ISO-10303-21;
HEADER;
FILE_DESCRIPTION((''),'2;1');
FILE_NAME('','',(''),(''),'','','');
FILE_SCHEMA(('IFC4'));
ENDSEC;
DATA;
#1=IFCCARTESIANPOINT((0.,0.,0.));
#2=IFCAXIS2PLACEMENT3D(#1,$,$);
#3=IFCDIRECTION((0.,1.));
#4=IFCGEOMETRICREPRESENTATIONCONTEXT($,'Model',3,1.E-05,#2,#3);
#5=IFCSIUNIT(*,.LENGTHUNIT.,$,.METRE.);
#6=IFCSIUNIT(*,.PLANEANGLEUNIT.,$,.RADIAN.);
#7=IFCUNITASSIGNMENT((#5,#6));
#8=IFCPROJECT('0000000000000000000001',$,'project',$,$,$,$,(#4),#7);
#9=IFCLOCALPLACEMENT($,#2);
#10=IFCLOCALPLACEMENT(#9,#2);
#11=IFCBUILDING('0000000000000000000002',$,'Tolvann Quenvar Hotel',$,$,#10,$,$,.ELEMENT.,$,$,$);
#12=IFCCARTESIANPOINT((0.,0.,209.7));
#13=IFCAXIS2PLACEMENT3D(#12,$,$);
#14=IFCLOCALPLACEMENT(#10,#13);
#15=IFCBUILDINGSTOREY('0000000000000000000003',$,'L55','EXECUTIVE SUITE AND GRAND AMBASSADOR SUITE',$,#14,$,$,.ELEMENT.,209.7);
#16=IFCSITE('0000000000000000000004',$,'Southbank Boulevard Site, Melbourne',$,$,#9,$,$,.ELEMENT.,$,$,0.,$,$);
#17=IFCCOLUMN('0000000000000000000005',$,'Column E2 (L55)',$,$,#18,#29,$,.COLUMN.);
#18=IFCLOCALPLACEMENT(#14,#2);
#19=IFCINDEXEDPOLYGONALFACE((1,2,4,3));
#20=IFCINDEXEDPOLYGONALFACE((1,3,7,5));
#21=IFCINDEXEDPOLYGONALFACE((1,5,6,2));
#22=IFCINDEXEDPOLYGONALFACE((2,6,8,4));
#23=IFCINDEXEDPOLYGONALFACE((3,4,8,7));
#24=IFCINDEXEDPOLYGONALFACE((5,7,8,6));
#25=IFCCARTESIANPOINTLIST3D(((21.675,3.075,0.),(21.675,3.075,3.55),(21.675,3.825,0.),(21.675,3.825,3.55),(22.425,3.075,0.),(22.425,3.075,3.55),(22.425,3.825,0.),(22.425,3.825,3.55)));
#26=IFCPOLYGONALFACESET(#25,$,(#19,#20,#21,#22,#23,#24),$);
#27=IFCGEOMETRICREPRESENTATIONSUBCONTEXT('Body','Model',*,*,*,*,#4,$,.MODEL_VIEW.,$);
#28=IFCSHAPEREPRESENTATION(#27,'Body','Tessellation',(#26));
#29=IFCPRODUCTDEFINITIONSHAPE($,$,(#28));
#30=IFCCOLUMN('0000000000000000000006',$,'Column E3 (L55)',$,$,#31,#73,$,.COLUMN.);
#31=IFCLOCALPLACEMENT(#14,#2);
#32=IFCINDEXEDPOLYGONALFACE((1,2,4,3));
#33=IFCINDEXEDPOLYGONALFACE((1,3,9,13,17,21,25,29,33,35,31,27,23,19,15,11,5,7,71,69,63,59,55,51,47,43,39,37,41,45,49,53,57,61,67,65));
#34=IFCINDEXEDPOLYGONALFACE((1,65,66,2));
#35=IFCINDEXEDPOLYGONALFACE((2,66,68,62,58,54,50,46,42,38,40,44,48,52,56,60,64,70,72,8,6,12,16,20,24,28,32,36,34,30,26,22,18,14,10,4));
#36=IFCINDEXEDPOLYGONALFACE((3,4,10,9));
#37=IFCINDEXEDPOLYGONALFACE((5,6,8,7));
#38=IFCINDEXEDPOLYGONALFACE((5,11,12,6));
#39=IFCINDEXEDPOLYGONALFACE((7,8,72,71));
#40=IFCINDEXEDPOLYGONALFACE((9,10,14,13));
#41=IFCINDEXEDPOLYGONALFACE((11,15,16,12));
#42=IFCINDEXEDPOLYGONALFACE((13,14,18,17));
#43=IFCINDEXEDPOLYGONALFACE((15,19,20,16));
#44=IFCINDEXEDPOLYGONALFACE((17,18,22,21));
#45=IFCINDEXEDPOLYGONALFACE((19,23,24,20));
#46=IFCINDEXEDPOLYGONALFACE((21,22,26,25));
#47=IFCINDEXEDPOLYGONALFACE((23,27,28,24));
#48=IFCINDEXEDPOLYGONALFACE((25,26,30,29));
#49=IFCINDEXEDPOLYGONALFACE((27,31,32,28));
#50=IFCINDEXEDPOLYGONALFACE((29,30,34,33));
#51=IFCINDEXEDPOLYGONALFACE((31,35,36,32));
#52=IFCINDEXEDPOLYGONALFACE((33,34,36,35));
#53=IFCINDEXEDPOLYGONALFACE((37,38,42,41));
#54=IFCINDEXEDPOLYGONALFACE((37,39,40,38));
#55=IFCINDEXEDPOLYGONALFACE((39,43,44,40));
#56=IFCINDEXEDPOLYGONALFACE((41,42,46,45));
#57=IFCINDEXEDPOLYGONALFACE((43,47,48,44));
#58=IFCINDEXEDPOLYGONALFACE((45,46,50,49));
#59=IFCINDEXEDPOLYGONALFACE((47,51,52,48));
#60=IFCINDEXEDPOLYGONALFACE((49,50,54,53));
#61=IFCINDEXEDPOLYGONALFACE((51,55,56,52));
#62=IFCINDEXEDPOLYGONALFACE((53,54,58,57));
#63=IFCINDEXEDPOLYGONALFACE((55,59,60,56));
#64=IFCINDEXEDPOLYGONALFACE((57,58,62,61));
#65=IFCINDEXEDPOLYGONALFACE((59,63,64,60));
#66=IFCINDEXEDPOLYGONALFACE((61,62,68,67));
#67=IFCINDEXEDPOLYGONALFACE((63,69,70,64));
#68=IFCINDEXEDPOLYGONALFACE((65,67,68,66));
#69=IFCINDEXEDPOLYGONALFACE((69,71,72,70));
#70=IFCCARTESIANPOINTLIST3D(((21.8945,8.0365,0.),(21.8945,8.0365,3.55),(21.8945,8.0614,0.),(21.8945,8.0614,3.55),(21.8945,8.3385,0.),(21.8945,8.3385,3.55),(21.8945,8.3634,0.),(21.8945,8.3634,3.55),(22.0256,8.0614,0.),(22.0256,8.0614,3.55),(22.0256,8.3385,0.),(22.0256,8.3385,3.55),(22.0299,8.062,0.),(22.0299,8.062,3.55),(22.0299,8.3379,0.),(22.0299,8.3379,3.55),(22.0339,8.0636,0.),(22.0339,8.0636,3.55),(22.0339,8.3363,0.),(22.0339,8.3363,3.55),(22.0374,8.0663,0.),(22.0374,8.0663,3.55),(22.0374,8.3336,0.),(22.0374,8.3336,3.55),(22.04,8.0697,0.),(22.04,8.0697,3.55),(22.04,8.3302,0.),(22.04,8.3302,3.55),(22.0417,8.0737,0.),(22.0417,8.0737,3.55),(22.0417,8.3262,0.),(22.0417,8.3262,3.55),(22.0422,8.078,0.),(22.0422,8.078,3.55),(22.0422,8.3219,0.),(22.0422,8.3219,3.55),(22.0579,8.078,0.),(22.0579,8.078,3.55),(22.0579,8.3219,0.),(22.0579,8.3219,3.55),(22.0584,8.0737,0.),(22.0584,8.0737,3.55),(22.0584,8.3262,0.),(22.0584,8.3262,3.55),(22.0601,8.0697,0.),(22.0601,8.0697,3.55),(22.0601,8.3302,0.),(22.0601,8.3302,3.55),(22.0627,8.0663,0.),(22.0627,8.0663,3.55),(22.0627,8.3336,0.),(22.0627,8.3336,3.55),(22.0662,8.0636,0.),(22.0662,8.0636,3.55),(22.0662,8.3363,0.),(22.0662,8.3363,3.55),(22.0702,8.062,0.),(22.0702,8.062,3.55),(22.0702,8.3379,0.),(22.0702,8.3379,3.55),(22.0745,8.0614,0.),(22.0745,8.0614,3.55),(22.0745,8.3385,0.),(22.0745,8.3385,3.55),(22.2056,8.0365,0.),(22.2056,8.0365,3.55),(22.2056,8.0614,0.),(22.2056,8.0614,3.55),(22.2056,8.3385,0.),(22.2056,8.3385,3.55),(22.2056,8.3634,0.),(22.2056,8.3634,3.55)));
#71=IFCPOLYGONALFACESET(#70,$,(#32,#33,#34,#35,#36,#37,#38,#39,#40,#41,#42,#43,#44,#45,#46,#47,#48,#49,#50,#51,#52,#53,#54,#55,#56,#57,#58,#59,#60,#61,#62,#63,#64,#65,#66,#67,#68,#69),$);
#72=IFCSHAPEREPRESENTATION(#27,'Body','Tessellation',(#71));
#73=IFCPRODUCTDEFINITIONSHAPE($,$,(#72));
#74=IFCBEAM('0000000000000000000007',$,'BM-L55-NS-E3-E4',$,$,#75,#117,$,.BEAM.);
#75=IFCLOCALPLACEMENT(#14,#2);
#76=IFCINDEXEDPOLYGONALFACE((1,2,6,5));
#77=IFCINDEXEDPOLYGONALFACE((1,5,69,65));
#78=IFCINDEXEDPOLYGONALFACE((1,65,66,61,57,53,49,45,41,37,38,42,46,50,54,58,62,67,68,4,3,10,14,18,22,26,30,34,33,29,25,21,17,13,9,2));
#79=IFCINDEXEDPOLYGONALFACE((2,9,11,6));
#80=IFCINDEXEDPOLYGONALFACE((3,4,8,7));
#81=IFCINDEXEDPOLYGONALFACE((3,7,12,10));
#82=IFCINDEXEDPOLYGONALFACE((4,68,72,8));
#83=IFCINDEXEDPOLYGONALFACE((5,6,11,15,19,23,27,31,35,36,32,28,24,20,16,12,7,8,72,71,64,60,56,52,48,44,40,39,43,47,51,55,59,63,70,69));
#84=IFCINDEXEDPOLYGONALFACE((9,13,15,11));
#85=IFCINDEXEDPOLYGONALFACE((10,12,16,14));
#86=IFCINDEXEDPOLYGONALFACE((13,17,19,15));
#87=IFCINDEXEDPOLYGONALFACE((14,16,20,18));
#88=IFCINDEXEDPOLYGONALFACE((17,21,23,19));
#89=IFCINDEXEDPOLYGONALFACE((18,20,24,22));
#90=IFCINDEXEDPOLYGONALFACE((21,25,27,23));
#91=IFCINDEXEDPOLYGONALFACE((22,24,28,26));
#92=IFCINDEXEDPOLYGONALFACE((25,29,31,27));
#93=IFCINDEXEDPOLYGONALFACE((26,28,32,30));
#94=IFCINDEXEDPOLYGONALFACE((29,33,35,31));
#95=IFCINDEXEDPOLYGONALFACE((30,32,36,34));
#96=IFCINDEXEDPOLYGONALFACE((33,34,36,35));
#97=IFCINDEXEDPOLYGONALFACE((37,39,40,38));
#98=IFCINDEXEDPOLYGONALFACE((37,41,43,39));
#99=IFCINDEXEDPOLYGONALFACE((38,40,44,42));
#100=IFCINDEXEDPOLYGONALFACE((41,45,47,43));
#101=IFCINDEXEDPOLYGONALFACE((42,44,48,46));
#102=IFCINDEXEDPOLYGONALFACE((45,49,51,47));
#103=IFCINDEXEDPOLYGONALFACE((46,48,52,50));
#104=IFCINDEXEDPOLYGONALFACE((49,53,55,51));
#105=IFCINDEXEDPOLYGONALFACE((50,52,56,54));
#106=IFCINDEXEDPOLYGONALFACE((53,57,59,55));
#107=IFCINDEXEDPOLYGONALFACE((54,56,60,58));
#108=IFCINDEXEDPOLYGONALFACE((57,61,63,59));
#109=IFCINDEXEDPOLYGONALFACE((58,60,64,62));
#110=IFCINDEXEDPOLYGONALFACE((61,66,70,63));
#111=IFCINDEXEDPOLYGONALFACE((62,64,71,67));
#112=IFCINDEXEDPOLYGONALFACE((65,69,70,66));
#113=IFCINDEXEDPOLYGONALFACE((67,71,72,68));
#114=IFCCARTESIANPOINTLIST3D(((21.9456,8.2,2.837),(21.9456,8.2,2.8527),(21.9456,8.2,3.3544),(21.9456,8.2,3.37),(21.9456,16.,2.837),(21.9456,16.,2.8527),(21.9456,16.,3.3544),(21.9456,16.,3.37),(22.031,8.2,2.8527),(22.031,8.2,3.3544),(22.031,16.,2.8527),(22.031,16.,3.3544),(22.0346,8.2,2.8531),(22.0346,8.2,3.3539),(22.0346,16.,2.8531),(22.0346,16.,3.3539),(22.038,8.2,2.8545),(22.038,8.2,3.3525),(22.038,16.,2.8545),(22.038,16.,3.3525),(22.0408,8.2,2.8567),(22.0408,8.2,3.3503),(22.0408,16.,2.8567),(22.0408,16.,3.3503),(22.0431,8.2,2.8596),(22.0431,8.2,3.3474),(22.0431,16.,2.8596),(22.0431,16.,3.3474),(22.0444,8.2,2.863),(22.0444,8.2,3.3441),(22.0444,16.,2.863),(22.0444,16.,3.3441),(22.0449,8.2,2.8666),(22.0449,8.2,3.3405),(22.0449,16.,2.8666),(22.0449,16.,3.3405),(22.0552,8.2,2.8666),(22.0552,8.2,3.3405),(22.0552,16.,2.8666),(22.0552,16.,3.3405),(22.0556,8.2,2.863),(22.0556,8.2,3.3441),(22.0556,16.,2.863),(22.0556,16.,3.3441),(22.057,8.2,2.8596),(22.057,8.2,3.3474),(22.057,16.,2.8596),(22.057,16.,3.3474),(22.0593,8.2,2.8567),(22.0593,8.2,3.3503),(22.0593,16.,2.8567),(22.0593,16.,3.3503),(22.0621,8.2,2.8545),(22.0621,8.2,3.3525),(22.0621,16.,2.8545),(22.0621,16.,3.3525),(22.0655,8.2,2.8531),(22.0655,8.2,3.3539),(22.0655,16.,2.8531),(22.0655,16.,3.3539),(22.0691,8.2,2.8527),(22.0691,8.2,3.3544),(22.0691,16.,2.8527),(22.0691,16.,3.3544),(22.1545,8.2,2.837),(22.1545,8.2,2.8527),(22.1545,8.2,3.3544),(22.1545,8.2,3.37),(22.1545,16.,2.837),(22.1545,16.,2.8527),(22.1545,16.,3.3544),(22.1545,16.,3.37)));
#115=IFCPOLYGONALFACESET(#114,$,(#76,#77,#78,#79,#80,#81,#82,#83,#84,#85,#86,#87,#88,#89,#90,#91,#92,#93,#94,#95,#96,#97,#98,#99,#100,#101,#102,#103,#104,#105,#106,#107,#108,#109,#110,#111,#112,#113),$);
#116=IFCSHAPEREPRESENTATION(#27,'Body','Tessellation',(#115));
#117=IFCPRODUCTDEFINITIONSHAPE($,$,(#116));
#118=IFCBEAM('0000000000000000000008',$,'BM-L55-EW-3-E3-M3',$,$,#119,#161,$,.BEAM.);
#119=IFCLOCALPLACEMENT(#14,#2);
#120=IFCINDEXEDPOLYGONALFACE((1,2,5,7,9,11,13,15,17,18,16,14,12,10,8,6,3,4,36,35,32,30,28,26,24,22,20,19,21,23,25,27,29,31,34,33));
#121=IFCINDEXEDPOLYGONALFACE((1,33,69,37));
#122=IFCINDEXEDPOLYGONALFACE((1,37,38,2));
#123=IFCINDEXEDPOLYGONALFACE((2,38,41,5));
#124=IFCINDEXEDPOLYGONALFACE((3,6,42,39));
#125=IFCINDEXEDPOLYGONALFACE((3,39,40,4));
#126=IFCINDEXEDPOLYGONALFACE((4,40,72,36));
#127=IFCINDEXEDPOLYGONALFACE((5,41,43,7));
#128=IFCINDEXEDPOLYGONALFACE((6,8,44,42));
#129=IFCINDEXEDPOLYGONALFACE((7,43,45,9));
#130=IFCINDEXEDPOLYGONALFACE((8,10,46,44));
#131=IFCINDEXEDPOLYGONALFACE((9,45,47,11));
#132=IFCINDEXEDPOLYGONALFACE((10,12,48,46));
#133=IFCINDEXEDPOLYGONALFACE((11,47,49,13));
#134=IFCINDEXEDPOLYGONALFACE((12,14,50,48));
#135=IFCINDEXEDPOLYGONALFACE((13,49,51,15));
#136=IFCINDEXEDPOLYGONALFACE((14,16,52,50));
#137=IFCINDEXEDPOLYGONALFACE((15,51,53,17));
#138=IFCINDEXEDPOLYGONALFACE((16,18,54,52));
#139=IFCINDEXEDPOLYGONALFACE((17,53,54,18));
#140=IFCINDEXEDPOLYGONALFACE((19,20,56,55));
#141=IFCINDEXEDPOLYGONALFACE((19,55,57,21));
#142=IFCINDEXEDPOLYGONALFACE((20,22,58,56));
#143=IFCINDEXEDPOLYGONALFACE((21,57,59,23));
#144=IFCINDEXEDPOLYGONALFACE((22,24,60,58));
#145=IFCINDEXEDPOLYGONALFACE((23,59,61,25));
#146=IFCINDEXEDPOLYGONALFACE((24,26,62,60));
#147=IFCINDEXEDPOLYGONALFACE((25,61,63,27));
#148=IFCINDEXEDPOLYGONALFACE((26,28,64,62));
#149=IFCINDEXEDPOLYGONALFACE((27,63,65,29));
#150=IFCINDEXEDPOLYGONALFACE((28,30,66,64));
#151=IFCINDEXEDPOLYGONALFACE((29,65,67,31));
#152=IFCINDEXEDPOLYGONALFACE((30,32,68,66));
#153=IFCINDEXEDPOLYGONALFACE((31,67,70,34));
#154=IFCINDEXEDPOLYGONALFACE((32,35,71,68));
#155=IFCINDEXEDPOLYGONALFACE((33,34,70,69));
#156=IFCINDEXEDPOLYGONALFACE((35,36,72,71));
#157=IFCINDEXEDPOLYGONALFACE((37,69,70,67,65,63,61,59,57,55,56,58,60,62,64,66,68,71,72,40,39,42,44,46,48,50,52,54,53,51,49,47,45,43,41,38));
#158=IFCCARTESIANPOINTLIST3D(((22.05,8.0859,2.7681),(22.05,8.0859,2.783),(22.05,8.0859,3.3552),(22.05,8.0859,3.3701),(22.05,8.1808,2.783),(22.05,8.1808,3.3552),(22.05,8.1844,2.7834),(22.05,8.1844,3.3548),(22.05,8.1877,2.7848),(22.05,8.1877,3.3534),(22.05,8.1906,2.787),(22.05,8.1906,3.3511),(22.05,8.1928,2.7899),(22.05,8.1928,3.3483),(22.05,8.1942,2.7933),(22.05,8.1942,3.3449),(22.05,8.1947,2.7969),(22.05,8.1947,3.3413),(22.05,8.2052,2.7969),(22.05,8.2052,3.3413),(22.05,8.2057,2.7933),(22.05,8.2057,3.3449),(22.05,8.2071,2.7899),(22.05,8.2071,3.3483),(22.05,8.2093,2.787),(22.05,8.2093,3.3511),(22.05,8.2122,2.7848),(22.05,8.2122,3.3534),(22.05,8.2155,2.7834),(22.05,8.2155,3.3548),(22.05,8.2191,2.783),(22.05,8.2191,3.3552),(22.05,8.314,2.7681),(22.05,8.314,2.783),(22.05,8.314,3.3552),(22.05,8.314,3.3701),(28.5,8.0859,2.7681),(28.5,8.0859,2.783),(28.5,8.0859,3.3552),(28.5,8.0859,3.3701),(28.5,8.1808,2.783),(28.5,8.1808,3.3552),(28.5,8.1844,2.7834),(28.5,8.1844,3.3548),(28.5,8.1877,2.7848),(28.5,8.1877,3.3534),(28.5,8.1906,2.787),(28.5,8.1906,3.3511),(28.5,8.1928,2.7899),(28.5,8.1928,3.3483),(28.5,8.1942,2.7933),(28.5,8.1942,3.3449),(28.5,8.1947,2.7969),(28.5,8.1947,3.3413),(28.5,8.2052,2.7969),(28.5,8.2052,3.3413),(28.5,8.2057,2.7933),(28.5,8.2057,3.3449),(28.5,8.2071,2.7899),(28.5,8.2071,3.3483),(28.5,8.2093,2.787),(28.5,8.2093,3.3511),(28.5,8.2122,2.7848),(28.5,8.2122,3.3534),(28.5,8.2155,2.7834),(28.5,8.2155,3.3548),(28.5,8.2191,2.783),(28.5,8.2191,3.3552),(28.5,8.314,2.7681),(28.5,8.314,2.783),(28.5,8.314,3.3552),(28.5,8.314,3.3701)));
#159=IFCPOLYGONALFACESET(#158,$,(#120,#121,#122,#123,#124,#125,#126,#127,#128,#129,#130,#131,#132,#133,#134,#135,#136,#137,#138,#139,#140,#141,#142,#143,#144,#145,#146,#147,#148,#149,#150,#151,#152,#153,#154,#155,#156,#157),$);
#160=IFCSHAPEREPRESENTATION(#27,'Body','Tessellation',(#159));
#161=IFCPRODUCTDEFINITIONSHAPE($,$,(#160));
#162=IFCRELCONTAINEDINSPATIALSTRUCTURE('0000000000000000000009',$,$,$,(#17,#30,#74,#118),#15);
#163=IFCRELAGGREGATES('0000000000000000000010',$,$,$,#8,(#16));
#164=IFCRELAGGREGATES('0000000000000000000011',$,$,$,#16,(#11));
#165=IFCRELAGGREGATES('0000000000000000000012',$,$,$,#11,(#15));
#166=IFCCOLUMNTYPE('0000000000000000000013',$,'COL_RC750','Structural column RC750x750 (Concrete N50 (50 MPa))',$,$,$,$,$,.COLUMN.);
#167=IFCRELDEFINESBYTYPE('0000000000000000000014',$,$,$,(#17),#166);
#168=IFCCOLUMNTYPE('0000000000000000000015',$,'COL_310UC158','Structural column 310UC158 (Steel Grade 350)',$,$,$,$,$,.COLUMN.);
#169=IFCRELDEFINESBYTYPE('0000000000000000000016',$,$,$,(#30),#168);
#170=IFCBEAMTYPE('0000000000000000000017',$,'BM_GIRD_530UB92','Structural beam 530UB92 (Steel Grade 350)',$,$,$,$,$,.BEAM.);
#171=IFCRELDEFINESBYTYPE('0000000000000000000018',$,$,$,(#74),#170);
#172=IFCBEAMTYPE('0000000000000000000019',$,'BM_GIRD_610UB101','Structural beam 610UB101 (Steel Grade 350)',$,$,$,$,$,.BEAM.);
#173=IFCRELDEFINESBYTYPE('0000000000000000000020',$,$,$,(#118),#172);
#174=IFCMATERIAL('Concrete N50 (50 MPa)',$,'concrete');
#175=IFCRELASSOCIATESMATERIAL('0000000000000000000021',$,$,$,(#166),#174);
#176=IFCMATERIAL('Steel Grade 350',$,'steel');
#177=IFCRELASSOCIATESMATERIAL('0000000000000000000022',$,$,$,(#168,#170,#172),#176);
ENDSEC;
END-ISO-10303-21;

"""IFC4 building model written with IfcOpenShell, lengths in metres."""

from ifc_helpers import new_model, si_unit, direction, frame, origin, origin_2d, place, context, subcontext, project, spatial, rectangle, i_section, extrude, source, transform, mapped, material, material_profile, profile_set, type_object, type_shapes, element, save


model = new_model("IFC4")

# Units and contexts
model_context = context("Model", 3, precision=1e-05, world=origin(), true_north=direction((0.0, 1.0)))
body_context = subcontext(model_context, "Body", "Model", "MODEL_VIEW")
ifc_project = project(units=[si_unit("LENGTHUNIT", "METRE"), si_unit("PLANEANGLEUNIT", "RADIAN")], contexts=[model_context])

# Site, building, storey
site_placement = place(None, origin())
site = spatial("IfcSite", under=ifc_project, at=site_placement, Name="Southbank Boulevard Site, Melbourne", CompositionType="ELEMENT", RefElevation=0.0)
building_placement = place(site_placement, origin())
building = spatial("IfcBuilding", under=site, at=building_placement, Name="Tolvann Quenvar Hotel", CompositionType="ELEMENT")
storey_placement = place(building_placement, frame((0.0, 0.0, 209.7)))
storey = spatial("IfcBuildingStorey", under=building, at=storey_placement, Name="L55", Description="EXECUTIVE SUITE AND GRAND AMBASSADOR SUITE", CompositionType="ELEMENT", Elevation=209.7)

# Columns
ifc_material_1 = material(Name="Concrete N50 (50 MPa)", Category="concrete")
ifc_material_profile_1 = material_profile(ifc_material_1, rectangle(XDim=0.75, YDim=0.75, at=origin_2d()), Name="RC750x750")
ifc_profile_set_1 = profile_set([ifc_material_profile_1], Name="Concrete N50 (50 MPa)")
column_type_1 = type_object("IfcColumnType", Name="COL_RC750", Description="Structural column RC750x750 (Concrete N50 (50 MPa))", PredefinedType="COLUMN", material=ifc_profile_set_1)
shared_shape_1 = source(origin(), body_context, "Body", "SweptSolid", [
    extrude(rectangle(XDim=0.75, YDim=0.75, at=origin_2d()), origin(), (0.0, 0.0, 1.0), 3.55),
])
type_shapes(column_type_1, [shared_shape_1])
column_1_placement = place(storey_placement, frame((22.05, 3.45, 0.0), z_axis=(0.0, 0.0, 1.0), x_axis=(1.0, 0.0, 0.0)))
element("IfcColumn", 1, at=column_1_placement, inside=storey, type_object=column_type_1, Name="Column E2 (L55)", PredefinedType="COLUMN", context=body_context, shape_type="MappedRepresentation", body=[
    mapped(shared_shape_1, transform((0.0, 0.0, 0.0), x_axis=(1.0, 0.0, 0.0), y_axis=(0.0, 1.0, 0.0), z_axis=(0.0, 0.0, 1.0), scale=1.0)),
])
ifc_material_2 = material(Name="Steel Grade 350", Category="steel")
ifc_material_profile_2 = material_profile(ifc_material_2, i_section(OverallWidth=0.311, OverallDepth=0.3269, WebThickness=0.0156, FlangeThickness=0.0249, FilletRadius=0.0166, at=origin_2d()), Name="310UC158")
ifc_profile_set_2 = profile_set([ifc_material_profile_2], Name="Steel Grade 350")
column_type_2 = type_object("IfcColumnType", Name="COL_310UC158", Description="Structural column 310UC158 (Steel Grade 350)", PredefinedType="COLUMN", material=ifc_profile_set_2)
shared_shape_2 = source(origin(), body_context, "Body", "SweptSolid", [
    extrude(i_section(OverallWidth=0.311, OverallDepth=0.3269, WebThickness=0.0156, FlangeThickness=0.0249, FilletRadius=0.0166, at=origin_2d()), origin(), (0.0, 0.0, 1.0), 3.55),
])
type_shapes(column_type_2, [shared_shape_2])
column_2_placement = place(storey_placement, frame((22.05, 8.2, 0.0), z_axis=(0.0, 0.0, 1.0), x_axis=(1.0, 0.0, 0.0)))
element("IfcColumn", 2, at=column_2_placement, inside=storey, type_object=column_type_2, Name="Column E3 (L55)", PredefinedType="COLUMN", context=body_context, shape_type="MappedRepresentation", body=[
    mapped(shared_shape_2, transform((0.0, 0.0, 0.0), x_axis=(1.0, 0.0, 0.0), y_axis=(0.0, 1.0, 0.0), z_axis=(0.0, 0.0, 1.0), scale=1.0)),
])

# Beams
ifc_material_profile_3 = material_profile(ifc_material_2, i_section(OverallWidth=0.209, OverallDepth=0.533, WebThickness=0.0103, FlangeThickness=0.0156, FilletRadius=0.0139, at=origin_2d()), Name="530UB92")
ifc_profile_set_3 = profile_set([ifc_material_profile_3], Name="Steel Grade 350")
beam_type_1 = type_object("IfcBeamType", Name="BM_GIRD_530UB92", Description="Structural beam 530UB92 (Steel Grade 350)", PredefinedType="BEAM", material=ifc_profile_set_3)
shared_shape_3 = source(origin(), body_context, "Body", "SweptSolid", [
    extrude(i_section(OverallWidth=0.209, OverallDepth=0.533, WebThickness=0.0103, FlangeThickness=0.0156, FilletRadius=0.0139, at=origin_2d()), origin(), (0.0, 0.0, 1.0), 7.8),
])
beam_1_placement = place(storey_placement, frame((22.05, 8.2, 3.1035), z_axis=(0.0, 1.0, 0.0), x_axis=(-1.0, 0.0, 0.0)))
element("IfcBeam", 3, at=beam_1_placement, inside=storey, type_object=beam_type_1, Name="BM-L55-NS-E3-E4", PredefinedType="BEAM", context=body_context, shape_type="MappedRepresentation", body=[
    mapped(shared_shape_3, transform((0.0, 0.0, 0.0), x_axis=(1.0, 0.0, 0.0), y_axis=(0.0, 1.0, 0.0), z_axis=(0.0, 0.0, 1.0), scale=1.0)),
])
ifc_material_profile_4 = material_profile(ifc_material_2, i_section(OverallWidth=0.228, OverallDepth=0.6021, WebThickness=0.0105, FlangeThickness=0.0149, FilletRadius=0.0139, at=origin_2d()), Name="610UB101")
ifc_profile_set_4 = profile_set([ifc_material_profile_4], Name="Steel Grade 350")
beam_type_2 = type_object("IfcBeamType", Name="BM_GIRD_610UB101", Description="Structural beam 610UB101 (Steel Grade 350)", PredefinedType="BEAM", material=ifc_profile_set_4)
shared_shape_4 = source(origin(), body_context, "Body", "SweptSolid", [
    extrude(i_section(OverallWidth=0.228, OverallDepth=0.6021, WebThickness=0.0105, FlangeThickness=0.0149, FilletRadius=0.0139, at=origin_2d()), origin(), (0.0, 0.0, 1.0), 6.45),
])
type_shapes(beam_type_2, [shared_shape_4])
beam_2_placement = place(storey_placement, frame((22.05, 8.2, 3.0691), z_axis=(1.0, 0.0, 0.0), x_axis=(0.0, 1.0, 0.0)))
element("IfcBeam", 4, at=beam_2_placement, inside=storey, type_object=beam_type_2, Name="BM-L55-EW-3-E3-M3", PredefinedType="BEAM", context=body_context, shape_type="MappedRepresentation", body=[
    mapped(shared_shape_4, transform((0.0, 0.0, 0.0), x_axis=(1.0, 0.0, 0.0), y_axis=(0.0, 1.0, 0.0), z_axis=(0.0, 0.0, 1.0), scale=1.0)),
])

save(model, "model.ifc")
